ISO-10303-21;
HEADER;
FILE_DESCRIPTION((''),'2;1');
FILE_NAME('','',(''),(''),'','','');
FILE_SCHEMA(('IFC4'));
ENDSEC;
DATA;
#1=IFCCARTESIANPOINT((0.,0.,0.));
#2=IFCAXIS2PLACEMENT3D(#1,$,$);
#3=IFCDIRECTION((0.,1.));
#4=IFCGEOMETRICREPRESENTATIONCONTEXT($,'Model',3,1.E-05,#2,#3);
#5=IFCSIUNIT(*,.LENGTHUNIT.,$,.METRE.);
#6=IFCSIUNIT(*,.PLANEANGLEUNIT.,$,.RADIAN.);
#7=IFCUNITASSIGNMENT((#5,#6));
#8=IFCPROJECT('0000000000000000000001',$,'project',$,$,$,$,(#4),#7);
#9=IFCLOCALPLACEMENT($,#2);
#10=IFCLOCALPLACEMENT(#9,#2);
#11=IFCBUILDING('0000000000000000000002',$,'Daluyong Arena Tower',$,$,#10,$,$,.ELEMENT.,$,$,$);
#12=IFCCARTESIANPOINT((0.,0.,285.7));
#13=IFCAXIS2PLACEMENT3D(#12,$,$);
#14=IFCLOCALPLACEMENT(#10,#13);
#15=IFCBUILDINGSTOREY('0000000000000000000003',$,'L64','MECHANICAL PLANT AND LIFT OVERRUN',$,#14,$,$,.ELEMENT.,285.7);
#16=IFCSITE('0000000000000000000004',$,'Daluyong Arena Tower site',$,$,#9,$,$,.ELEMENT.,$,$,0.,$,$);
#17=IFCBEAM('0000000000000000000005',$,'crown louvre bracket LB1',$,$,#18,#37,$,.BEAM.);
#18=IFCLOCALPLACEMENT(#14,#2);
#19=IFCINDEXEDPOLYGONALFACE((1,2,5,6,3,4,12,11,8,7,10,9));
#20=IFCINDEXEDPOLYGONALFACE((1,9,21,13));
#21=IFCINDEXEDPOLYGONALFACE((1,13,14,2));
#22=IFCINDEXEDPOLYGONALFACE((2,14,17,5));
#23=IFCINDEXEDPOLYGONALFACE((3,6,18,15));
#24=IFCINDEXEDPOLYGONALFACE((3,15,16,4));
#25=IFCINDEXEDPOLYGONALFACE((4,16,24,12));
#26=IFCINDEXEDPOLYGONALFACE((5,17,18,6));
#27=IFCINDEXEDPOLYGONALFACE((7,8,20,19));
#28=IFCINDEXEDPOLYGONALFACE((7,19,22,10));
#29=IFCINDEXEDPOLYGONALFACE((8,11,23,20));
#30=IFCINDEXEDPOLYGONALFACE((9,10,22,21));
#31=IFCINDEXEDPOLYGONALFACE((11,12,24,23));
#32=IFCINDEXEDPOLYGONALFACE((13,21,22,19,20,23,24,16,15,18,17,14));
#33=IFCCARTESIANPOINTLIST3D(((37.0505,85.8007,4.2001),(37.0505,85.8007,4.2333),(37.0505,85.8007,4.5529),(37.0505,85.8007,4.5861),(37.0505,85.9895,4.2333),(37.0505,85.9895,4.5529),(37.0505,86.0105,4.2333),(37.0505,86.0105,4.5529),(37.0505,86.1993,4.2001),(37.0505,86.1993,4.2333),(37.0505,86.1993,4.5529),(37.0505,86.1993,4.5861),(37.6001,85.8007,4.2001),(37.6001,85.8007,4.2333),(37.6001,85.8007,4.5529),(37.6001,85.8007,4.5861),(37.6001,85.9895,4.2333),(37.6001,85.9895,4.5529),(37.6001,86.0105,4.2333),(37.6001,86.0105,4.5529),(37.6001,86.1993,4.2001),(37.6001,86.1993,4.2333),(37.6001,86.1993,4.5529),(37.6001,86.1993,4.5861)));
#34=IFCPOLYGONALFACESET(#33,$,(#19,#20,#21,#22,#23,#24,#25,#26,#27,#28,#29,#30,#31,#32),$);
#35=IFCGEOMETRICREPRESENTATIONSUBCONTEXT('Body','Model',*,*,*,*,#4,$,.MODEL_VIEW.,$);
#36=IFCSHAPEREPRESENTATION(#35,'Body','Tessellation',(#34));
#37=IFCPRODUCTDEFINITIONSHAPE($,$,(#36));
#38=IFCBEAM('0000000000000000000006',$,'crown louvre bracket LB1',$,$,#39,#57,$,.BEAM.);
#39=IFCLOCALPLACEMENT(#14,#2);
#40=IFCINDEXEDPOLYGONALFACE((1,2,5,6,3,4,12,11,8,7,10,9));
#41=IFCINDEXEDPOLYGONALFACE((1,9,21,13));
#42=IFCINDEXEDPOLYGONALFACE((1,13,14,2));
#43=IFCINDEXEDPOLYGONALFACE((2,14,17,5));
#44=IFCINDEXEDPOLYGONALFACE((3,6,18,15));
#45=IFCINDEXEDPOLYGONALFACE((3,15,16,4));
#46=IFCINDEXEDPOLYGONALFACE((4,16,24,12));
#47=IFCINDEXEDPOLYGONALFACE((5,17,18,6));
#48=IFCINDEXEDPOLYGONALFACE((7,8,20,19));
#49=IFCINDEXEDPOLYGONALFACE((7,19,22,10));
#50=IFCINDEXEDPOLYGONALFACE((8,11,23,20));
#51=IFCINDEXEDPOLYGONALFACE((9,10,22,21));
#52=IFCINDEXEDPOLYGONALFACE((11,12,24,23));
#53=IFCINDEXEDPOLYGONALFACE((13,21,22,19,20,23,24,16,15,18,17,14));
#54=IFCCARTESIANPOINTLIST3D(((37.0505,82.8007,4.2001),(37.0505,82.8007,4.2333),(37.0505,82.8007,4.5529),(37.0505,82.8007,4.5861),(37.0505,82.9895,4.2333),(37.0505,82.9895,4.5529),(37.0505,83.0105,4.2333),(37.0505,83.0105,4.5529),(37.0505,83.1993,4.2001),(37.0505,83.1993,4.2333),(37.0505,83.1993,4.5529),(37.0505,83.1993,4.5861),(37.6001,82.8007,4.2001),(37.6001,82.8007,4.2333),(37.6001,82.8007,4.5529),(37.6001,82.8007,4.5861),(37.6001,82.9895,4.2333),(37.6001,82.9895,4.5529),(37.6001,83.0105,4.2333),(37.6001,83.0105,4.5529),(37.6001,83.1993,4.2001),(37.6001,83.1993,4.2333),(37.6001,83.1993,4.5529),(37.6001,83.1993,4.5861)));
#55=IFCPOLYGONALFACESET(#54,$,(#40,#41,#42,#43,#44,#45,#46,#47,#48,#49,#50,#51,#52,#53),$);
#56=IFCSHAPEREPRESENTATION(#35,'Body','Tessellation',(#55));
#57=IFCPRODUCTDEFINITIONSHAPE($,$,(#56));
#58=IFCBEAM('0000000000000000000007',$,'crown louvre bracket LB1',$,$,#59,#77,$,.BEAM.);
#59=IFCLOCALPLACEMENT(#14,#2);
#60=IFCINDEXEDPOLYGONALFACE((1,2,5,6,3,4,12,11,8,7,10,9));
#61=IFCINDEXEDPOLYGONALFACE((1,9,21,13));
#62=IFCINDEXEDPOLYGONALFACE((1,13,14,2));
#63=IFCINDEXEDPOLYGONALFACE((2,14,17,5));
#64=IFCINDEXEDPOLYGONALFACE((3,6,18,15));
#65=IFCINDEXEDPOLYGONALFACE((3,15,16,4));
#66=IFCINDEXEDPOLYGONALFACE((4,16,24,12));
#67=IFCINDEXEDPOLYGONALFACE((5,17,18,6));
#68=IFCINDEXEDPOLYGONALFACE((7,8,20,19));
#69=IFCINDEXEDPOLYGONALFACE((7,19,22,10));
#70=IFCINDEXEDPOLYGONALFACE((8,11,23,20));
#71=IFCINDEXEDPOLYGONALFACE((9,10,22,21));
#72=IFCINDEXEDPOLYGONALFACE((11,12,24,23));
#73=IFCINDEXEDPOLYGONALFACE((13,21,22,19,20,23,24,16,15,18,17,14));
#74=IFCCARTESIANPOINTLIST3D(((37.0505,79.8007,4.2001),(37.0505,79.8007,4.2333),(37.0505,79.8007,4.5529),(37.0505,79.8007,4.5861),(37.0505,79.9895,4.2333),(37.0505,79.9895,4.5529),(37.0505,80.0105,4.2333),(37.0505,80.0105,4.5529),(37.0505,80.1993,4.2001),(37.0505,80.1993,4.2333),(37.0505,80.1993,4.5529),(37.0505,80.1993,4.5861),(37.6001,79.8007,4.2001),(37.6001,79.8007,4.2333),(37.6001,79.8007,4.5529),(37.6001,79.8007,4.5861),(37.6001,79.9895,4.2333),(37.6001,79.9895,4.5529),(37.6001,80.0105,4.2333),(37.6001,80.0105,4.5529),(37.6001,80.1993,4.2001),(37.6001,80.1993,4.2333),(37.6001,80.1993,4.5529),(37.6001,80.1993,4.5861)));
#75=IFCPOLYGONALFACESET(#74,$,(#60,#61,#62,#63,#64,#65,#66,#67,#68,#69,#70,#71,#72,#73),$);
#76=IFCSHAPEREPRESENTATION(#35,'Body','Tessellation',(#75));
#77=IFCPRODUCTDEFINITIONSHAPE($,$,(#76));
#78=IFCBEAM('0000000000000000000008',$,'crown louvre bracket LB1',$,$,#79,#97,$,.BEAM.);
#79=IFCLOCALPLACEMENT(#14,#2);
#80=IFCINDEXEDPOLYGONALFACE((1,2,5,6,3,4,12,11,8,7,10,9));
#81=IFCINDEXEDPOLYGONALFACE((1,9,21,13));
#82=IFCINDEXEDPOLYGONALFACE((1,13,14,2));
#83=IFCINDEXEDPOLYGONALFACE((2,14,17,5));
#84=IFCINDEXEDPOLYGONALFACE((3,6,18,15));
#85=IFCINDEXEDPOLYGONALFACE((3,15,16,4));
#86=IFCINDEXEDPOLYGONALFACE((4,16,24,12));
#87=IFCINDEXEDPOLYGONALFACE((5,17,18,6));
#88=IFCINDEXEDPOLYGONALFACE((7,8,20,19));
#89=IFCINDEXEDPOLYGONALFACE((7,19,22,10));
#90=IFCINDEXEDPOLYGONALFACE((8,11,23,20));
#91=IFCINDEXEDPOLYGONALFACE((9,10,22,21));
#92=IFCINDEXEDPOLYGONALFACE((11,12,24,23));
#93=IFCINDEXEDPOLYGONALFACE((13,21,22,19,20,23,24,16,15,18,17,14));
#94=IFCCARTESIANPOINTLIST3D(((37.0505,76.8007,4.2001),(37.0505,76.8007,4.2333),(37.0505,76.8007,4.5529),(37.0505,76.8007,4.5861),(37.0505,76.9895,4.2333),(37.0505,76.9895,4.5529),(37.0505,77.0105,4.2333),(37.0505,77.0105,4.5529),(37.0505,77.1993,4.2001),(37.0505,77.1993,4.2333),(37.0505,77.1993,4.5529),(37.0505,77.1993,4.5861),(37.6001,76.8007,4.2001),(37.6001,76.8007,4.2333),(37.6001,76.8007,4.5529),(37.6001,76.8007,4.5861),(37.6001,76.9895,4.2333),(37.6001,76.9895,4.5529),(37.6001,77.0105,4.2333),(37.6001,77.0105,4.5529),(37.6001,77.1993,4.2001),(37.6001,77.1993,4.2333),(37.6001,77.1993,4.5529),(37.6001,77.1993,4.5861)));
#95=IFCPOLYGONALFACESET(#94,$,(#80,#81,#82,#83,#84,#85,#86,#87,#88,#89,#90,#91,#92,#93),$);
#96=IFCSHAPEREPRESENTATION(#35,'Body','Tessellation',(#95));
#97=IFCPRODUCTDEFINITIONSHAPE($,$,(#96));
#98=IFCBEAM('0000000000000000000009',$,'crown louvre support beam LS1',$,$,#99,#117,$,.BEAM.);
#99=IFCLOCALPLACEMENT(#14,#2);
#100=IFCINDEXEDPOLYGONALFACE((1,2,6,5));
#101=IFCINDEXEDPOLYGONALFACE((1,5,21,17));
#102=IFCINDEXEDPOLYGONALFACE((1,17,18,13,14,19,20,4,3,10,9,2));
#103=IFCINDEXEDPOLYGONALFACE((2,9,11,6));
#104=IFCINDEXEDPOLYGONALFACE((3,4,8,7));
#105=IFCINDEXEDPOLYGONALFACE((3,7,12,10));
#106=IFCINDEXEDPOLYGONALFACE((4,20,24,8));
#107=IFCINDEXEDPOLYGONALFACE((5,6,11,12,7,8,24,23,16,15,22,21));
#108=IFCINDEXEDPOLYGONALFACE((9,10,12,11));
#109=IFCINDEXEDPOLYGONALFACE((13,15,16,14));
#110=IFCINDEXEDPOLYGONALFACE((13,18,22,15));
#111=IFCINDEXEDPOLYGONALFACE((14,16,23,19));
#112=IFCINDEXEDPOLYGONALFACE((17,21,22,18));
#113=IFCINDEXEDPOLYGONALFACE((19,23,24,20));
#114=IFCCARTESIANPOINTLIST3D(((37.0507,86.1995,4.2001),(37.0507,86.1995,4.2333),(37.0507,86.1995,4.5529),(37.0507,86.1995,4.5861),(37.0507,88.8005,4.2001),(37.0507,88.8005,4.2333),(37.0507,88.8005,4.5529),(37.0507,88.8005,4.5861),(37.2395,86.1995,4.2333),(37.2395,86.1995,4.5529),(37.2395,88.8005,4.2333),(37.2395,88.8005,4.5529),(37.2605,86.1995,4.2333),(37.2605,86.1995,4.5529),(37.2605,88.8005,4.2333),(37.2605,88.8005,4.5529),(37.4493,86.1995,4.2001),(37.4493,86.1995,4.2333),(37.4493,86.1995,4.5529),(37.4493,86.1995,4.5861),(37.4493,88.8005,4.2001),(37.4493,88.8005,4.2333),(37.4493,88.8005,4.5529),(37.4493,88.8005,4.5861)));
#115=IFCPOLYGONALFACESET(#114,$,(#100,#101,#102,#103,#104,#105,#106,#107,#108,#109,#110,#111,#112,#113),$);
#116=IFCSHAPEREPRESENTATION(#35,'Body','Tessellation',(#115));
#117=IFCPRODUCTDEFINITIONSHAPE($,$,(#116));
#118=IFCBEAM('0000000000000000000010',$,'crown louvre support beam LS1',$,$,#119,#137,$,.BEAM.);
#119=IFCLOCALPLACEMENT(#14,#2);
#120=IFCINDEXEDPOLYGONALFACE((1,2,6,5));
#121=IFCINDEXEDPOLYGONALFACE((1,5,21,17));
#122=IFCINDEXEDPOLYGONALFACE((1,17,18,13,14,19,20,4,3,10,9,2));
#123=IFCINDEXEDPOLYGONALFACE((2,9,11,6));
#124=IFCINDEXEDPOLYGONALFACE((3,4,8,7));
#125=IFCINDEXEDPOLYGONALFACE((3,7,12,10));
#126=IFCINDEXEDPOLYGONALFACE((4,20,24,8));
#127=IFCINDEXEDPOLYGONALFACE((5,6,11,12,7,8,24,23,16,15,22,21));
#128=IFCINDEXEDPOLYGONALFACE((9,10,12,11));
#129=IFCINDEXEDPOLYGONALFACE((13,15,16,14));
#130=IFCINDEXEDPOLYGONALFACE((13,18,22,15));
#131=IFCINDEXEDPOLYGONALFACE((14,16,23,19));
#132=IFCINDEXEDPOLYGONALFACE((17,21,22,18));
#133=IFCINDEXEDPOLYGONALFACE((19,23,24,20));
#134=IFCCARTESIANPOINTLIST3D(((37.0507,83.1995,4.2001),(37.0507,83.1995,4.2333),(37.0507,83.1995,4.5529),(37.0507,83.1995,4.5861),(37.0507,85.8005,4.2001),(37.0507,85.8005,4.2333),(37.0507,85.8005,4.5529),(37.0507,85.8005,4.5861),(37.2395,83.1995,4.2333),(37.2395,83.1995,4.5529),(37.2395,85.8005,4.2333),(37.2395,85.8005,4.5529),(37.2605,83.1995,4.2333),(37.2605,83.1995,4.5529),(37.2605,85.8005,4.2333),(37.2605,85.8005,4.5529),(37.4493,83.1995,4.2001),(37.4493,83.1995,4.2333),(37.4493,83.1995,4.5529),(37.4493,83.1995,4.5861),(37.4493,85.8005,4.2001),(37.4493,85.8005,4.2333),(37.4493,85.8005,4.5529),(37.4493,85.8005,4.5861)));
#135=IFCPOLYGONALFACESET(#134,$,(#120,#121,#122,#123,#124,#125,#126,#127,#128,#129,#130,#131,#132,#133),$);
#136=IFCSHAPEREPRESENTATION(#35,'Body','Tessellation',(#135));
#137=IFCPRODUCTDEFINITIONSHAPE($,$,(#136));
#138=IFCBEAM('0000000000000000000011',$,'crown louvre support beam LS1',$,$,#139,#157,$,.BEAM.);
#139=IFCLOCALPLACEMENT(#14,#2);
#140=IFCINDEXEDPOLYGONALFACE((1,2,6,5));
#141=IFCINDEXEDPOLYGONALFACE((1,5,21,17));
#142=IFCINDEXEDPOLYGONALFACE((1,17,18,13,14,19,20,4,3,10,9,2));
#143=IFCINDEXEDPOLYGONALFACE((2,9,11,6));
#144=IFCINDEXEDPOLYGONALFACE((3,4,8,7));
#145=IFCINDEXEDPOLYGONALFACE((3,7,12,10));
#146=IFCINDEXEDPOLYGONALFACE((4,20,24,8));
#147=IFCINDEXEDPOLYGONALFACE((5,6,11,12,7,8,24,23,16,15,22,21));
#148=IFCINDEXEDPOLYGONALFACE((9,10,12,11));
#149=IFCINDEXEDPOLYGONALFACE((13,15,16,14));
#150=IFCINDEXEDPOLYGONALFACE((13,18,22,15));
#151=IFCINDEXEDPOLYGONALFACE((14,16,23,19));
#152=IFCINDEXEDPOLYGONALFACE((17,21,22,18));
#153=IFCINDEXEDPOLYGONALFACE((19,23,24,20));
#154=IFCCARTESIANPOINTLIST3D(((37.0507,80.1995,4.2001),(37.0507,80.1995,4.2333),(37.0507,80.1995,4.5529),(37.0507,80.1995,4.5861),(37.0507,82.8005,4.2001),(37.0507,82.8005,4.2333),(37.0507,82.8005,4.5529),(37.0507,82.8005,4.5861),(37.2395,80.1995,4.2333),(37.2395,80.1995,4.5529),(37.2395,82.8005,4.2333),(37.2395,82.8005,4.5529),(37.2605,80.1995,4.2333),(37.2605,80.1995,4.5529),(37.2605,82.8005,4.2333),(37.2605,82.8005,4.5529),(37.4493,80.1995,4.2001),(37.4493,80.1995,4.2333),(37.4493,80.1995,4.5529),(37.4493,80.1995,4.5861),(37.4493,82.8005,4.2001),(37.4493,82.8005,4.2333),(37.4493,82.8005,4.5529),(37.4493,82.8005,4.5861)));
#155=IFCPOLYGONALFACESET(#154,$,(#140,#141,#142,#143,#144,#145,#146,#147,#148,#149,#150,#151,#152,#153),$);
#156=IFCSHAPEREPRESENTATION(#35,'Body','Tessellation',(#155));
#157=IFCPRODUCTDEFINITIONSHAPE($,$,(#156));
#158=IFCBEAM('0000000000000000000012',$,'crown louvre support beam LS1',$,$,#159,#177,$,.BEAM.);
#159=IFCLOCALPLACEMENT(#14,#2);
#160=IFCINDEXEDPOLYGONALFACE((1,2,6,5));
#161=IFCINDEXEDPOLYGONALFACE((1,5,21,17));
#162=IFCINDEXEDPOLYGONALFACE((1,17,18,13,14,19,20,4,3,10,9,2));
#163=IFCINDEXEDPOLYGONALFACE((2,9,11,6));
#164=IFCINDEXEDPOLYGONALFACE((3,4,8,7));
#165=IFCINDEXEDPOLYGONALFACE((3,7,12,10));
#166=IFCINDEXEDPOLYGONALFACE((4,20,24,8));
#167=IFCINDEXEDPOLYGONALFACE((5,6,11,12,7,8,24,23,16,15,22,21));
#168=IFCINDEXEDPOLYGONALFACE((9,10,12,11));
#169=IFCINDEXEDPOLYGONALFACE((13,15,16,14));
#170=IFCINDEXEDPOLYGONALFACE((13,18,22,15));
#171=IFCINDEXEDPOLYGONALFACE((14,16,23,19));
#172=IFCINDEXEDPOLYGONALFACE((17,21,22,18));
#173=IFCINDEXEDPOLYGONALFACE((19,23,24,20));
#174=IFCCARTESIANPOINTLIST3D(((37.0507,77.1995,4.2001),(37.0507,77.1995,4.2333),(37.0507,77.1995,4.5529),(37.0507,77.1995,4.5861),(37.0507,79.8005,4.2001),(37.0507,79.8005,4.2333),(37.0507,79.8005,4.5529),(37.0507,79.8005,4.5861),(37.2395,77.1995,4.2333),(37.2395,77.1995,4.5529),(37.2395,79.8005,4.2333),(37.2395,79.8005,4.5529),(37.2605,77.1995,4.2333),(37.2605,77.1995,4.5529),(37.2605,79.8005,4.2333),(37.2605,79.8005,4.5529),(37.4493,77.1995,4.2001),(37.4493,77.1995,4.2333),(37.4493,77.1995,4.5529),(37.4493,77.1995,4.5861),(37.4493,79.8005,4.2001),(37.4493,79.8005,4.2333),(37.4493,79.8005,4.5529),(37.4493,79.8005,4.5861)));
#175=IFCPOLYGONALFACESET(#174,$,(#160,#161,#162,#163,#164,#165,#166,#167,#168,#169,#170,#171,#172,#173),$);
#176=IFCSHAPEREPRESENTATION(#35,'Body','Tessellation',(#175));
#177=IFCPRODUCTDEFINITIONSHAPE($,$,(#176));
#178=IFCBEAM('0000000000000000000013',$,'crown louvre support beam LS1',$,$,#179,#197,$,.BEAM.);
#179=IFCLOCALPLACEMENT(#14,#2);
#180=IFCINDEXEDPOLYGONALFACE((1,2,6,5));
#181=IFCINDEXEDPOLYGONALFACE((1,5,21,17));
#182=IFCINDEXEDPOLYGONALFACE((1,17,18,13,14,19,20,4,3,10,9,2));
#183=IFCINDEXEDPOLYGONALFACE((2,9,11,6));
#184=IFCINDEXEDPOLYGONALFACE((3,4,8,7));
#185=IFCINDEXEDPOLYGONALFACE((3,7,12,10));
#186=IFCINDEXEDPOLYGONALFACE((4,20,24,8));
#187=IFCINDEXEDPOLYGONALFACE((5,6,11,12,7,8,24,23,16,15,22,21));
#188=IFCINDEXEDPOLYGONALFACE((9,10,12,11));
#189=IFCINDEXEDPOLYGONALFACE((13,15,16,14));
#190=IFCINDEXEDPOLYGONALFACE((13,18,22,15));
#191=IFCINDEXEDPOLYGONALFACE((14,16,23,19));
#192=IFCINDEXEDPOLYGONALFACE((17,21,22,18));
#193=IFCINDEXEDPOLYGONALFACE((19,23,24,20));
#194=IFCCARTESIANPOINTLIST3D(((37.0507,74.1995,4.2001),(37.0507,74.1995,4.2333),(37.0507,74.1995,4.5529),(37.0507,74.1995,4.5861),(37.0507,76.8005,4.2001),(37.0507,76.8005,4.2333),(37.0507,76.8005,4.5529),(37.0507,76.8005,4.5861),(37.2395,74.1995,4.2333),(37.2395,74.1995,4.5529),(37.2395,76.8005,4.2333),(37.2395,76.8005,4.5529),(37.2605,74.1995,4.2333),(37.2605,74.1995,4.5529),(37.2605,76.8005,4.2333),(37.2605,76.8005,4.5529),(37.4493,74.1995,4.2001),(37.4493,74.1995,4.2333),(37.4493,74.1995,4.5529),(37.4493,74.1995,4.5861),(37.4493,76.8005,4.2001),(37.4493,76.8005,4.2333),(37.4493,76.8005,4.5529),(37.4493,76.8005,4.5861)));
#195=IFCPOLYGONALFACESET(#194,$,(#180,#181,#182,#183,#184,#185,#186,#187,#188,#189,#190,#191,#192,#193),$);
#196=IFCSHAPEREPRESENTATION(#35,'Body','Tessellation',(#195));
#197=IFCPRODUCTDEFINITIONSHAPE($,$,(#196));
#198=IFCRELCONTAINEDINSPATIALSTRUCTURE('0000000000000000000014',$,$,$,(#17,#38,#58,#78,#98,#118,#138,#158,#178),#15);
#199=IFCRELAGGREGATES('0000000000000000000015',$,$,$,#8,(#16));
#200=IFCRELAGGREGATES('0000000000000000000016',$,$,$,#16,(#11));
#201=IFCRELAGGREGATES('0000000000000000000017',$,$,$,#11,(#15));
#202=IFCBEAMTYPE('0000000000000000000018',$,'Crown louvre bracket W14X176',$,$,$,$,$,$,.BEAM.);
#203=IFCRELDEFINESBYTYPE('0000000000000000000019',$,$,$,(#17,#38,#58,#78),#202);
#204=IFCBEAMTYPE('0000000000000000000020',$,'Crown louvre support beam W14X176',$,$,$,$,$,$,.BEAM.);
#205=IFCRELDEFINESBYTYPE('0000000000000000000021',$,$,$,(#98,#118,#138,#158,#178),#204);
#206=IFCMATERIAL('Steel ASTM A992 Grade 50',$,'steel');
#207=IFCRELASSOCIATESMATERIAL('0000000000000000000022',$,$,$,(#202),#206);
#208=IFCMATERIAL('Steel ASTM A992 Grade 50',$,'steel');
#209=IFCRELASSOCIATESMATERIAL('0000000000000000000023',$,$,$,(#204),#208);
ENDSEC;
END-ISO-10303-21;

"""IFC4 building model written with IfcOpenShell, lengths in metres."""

from ifc_helpers import new_model, si_unit, direction, frame, origin, origin_2d, place, context, subcontext, project, spatial, i_section, extrude, material, material_profile, profile_set, type_object, element, save


model = new_model("IFC4")

# Units and contexts
model_context = context("Model", 3, precision=1e-05, world=origin(), true_north=direction((0.0, 1.0)))
body_context = subcontext(model_context, "Body", "Model", "MODEL_VIEW")
ifc_project = project(units=[si_unit("LENGTHUNIT", "METRE"), si_unit("PLANEANGLEUNIT", "RADIAN")], contexts=[model_context])

# Site, building, storey
site_placement = place(None, origin())
site = spatial("IfcSite", under=ifc_project, at=site_placement, Name="Daluyong Arena Tower site", CompositionType="ELEMENT", RefElevation=0.0)
building_placement = place(site_placement, origin())
building = spatial("IfcBuilding", under=site, at=building_placement, Name="Daluyong Arena Tower", CompositionType="ELEMENT")
storey_placement = place(building_placement, frame((0.0, 0.0, 285.7)))
storey = spatial("IfcBuildingStorey", under=building, at=storey_placement, Name="L64", Description="MECHANICAL PLANT AND LIFT OVERRUN", CompositionType="ELEMENT", Elevation=285.7)

# Beams
ifc_material_1 = material(Name="Steel ASTM A992 Grade 50", Category="steel")
ifc_material_profile_1 = material_profile(ifc_material_1, i_section(OverallWidth=0.3987, OverallDepth=0.386, WebThickness=0.021, FlangeThickness=0.0332, at=origin_2d()))
ifc_profile_set_1 = profile_set([ifc_material_profile_1], Name="Steel ASTM A992 Grade 50")
beam_type_1 = type_object("IfcBeamType", Name="Crown louvre bracket W14X176", PredefinedType="BEAM", material=ifc_profile_set_1)
for number, where, z_axis, x_axis, name in (
    (1, (37.6001, 86.0, 4.3931), (-1.0, 0.0, 0.0), (0.0, -1.0, 0.0), "crown louvre bracket LB1"),
    (2, (37.6001, 83.0, 4.3931), (-1.0, 0.0, 0.0), (0.0, -1.0, 0.0), "crown louvre bracket LB1"),
    (3, (37.6001, 80.0, 4.3931), (-1.0, 0.0, 0.0), (0.0, -1.0, 0.0), "crown louvre bracket LB1"),
    (4, (37.6001, 77.0, 4.3931), (-1.0, 0.0, 0.0), (0.0, -1.0, 0.0), "crown louvre bracket LB1"),
):
    element("IfcBeam", number, at=place(storey_placement, frame(where, z_axis=z_axis, x_axis=x_axis)), inside=storey, type_object=beam_type_1, Name=name, PredefinedType="BEAM", context=body_context, shape_type="SweptSolid", body=[
        extrude(i_section(OverallWidth=0.3987, OverallDepth=0.386, WebThickness=0.021, FlangeThickness=0.0332, at=origin_2d()), origin(), (0.0, 0.0, 1.0), 0.5496),
    ])
ifc_material_2 = material(Name="Steel ASTM A992 Grade 50", Category="steel")
ifc_material_profile_2 = material_profile(ifc_material_2, i_section(OverallWidth=0.3987, OverallDepth=0.386, WebThickness=0.021, FlangeThickness=0.0332, at=origin_2d()))
ifc_profile_set_2 = profile_set([ifc_material_profile_2], Name="Steel ASTM A992 Grade 50")
beam_type_2 = type_object("IfcBeamType", Name="Crown louvre support beam W14X176", PredefinedType="BEAM", material=ifc_profile_set_2)
for number, where, z_axis, x_axis, name in (
    (5, (37.25, 88.8005, 4.3931), (0.0, -1.0, 0.0), (1.0, 0.0, 0.0), "crown louvre support beam LS1"),
    (6, (37.25, 85.8005, 4.3931), (0.0, -1.0, 0.0), (1.0, 0.0, 0.0), "crown louvre support beam LS1"),
    (7, (37.25, 82.8005, 4.3931), (0.0, -1.0, 0.0), (1.0, 0.0, 0.0), "crown louvre support beam LS1"),
    (8, (37.25, 79.8005, 4.3931), (0.0, -1.0, 0.0), (1.0, 0.0, 0.0), "crown louvre support beam LS1"),
    (9, (37.25, 76.8005, 4.3931), (0.0, -1.0, 0.0), (1.0, 0.0, 0.0), "crown louvre support beam LS1"),
):
    element("IfcBeam", number, at=place(storey_placement, frame(where, z_axis=z_axis, x_axis=x_axis)), inside=storey, type_object=beam_type_2, Name=name, PredefinedType="BEAM", context=body_context, shape_type="SweptSolid", body=[
        extrude(i_section(OverallWidth=0.3987, OverallDepth=0.386, WebThickness=0.021, FlangeThickness=0.0332, at=origin_2d()), origin(), (0.0, 0.0, 1.0), 2.6011),
    ])

save(model, "model.ifc")
